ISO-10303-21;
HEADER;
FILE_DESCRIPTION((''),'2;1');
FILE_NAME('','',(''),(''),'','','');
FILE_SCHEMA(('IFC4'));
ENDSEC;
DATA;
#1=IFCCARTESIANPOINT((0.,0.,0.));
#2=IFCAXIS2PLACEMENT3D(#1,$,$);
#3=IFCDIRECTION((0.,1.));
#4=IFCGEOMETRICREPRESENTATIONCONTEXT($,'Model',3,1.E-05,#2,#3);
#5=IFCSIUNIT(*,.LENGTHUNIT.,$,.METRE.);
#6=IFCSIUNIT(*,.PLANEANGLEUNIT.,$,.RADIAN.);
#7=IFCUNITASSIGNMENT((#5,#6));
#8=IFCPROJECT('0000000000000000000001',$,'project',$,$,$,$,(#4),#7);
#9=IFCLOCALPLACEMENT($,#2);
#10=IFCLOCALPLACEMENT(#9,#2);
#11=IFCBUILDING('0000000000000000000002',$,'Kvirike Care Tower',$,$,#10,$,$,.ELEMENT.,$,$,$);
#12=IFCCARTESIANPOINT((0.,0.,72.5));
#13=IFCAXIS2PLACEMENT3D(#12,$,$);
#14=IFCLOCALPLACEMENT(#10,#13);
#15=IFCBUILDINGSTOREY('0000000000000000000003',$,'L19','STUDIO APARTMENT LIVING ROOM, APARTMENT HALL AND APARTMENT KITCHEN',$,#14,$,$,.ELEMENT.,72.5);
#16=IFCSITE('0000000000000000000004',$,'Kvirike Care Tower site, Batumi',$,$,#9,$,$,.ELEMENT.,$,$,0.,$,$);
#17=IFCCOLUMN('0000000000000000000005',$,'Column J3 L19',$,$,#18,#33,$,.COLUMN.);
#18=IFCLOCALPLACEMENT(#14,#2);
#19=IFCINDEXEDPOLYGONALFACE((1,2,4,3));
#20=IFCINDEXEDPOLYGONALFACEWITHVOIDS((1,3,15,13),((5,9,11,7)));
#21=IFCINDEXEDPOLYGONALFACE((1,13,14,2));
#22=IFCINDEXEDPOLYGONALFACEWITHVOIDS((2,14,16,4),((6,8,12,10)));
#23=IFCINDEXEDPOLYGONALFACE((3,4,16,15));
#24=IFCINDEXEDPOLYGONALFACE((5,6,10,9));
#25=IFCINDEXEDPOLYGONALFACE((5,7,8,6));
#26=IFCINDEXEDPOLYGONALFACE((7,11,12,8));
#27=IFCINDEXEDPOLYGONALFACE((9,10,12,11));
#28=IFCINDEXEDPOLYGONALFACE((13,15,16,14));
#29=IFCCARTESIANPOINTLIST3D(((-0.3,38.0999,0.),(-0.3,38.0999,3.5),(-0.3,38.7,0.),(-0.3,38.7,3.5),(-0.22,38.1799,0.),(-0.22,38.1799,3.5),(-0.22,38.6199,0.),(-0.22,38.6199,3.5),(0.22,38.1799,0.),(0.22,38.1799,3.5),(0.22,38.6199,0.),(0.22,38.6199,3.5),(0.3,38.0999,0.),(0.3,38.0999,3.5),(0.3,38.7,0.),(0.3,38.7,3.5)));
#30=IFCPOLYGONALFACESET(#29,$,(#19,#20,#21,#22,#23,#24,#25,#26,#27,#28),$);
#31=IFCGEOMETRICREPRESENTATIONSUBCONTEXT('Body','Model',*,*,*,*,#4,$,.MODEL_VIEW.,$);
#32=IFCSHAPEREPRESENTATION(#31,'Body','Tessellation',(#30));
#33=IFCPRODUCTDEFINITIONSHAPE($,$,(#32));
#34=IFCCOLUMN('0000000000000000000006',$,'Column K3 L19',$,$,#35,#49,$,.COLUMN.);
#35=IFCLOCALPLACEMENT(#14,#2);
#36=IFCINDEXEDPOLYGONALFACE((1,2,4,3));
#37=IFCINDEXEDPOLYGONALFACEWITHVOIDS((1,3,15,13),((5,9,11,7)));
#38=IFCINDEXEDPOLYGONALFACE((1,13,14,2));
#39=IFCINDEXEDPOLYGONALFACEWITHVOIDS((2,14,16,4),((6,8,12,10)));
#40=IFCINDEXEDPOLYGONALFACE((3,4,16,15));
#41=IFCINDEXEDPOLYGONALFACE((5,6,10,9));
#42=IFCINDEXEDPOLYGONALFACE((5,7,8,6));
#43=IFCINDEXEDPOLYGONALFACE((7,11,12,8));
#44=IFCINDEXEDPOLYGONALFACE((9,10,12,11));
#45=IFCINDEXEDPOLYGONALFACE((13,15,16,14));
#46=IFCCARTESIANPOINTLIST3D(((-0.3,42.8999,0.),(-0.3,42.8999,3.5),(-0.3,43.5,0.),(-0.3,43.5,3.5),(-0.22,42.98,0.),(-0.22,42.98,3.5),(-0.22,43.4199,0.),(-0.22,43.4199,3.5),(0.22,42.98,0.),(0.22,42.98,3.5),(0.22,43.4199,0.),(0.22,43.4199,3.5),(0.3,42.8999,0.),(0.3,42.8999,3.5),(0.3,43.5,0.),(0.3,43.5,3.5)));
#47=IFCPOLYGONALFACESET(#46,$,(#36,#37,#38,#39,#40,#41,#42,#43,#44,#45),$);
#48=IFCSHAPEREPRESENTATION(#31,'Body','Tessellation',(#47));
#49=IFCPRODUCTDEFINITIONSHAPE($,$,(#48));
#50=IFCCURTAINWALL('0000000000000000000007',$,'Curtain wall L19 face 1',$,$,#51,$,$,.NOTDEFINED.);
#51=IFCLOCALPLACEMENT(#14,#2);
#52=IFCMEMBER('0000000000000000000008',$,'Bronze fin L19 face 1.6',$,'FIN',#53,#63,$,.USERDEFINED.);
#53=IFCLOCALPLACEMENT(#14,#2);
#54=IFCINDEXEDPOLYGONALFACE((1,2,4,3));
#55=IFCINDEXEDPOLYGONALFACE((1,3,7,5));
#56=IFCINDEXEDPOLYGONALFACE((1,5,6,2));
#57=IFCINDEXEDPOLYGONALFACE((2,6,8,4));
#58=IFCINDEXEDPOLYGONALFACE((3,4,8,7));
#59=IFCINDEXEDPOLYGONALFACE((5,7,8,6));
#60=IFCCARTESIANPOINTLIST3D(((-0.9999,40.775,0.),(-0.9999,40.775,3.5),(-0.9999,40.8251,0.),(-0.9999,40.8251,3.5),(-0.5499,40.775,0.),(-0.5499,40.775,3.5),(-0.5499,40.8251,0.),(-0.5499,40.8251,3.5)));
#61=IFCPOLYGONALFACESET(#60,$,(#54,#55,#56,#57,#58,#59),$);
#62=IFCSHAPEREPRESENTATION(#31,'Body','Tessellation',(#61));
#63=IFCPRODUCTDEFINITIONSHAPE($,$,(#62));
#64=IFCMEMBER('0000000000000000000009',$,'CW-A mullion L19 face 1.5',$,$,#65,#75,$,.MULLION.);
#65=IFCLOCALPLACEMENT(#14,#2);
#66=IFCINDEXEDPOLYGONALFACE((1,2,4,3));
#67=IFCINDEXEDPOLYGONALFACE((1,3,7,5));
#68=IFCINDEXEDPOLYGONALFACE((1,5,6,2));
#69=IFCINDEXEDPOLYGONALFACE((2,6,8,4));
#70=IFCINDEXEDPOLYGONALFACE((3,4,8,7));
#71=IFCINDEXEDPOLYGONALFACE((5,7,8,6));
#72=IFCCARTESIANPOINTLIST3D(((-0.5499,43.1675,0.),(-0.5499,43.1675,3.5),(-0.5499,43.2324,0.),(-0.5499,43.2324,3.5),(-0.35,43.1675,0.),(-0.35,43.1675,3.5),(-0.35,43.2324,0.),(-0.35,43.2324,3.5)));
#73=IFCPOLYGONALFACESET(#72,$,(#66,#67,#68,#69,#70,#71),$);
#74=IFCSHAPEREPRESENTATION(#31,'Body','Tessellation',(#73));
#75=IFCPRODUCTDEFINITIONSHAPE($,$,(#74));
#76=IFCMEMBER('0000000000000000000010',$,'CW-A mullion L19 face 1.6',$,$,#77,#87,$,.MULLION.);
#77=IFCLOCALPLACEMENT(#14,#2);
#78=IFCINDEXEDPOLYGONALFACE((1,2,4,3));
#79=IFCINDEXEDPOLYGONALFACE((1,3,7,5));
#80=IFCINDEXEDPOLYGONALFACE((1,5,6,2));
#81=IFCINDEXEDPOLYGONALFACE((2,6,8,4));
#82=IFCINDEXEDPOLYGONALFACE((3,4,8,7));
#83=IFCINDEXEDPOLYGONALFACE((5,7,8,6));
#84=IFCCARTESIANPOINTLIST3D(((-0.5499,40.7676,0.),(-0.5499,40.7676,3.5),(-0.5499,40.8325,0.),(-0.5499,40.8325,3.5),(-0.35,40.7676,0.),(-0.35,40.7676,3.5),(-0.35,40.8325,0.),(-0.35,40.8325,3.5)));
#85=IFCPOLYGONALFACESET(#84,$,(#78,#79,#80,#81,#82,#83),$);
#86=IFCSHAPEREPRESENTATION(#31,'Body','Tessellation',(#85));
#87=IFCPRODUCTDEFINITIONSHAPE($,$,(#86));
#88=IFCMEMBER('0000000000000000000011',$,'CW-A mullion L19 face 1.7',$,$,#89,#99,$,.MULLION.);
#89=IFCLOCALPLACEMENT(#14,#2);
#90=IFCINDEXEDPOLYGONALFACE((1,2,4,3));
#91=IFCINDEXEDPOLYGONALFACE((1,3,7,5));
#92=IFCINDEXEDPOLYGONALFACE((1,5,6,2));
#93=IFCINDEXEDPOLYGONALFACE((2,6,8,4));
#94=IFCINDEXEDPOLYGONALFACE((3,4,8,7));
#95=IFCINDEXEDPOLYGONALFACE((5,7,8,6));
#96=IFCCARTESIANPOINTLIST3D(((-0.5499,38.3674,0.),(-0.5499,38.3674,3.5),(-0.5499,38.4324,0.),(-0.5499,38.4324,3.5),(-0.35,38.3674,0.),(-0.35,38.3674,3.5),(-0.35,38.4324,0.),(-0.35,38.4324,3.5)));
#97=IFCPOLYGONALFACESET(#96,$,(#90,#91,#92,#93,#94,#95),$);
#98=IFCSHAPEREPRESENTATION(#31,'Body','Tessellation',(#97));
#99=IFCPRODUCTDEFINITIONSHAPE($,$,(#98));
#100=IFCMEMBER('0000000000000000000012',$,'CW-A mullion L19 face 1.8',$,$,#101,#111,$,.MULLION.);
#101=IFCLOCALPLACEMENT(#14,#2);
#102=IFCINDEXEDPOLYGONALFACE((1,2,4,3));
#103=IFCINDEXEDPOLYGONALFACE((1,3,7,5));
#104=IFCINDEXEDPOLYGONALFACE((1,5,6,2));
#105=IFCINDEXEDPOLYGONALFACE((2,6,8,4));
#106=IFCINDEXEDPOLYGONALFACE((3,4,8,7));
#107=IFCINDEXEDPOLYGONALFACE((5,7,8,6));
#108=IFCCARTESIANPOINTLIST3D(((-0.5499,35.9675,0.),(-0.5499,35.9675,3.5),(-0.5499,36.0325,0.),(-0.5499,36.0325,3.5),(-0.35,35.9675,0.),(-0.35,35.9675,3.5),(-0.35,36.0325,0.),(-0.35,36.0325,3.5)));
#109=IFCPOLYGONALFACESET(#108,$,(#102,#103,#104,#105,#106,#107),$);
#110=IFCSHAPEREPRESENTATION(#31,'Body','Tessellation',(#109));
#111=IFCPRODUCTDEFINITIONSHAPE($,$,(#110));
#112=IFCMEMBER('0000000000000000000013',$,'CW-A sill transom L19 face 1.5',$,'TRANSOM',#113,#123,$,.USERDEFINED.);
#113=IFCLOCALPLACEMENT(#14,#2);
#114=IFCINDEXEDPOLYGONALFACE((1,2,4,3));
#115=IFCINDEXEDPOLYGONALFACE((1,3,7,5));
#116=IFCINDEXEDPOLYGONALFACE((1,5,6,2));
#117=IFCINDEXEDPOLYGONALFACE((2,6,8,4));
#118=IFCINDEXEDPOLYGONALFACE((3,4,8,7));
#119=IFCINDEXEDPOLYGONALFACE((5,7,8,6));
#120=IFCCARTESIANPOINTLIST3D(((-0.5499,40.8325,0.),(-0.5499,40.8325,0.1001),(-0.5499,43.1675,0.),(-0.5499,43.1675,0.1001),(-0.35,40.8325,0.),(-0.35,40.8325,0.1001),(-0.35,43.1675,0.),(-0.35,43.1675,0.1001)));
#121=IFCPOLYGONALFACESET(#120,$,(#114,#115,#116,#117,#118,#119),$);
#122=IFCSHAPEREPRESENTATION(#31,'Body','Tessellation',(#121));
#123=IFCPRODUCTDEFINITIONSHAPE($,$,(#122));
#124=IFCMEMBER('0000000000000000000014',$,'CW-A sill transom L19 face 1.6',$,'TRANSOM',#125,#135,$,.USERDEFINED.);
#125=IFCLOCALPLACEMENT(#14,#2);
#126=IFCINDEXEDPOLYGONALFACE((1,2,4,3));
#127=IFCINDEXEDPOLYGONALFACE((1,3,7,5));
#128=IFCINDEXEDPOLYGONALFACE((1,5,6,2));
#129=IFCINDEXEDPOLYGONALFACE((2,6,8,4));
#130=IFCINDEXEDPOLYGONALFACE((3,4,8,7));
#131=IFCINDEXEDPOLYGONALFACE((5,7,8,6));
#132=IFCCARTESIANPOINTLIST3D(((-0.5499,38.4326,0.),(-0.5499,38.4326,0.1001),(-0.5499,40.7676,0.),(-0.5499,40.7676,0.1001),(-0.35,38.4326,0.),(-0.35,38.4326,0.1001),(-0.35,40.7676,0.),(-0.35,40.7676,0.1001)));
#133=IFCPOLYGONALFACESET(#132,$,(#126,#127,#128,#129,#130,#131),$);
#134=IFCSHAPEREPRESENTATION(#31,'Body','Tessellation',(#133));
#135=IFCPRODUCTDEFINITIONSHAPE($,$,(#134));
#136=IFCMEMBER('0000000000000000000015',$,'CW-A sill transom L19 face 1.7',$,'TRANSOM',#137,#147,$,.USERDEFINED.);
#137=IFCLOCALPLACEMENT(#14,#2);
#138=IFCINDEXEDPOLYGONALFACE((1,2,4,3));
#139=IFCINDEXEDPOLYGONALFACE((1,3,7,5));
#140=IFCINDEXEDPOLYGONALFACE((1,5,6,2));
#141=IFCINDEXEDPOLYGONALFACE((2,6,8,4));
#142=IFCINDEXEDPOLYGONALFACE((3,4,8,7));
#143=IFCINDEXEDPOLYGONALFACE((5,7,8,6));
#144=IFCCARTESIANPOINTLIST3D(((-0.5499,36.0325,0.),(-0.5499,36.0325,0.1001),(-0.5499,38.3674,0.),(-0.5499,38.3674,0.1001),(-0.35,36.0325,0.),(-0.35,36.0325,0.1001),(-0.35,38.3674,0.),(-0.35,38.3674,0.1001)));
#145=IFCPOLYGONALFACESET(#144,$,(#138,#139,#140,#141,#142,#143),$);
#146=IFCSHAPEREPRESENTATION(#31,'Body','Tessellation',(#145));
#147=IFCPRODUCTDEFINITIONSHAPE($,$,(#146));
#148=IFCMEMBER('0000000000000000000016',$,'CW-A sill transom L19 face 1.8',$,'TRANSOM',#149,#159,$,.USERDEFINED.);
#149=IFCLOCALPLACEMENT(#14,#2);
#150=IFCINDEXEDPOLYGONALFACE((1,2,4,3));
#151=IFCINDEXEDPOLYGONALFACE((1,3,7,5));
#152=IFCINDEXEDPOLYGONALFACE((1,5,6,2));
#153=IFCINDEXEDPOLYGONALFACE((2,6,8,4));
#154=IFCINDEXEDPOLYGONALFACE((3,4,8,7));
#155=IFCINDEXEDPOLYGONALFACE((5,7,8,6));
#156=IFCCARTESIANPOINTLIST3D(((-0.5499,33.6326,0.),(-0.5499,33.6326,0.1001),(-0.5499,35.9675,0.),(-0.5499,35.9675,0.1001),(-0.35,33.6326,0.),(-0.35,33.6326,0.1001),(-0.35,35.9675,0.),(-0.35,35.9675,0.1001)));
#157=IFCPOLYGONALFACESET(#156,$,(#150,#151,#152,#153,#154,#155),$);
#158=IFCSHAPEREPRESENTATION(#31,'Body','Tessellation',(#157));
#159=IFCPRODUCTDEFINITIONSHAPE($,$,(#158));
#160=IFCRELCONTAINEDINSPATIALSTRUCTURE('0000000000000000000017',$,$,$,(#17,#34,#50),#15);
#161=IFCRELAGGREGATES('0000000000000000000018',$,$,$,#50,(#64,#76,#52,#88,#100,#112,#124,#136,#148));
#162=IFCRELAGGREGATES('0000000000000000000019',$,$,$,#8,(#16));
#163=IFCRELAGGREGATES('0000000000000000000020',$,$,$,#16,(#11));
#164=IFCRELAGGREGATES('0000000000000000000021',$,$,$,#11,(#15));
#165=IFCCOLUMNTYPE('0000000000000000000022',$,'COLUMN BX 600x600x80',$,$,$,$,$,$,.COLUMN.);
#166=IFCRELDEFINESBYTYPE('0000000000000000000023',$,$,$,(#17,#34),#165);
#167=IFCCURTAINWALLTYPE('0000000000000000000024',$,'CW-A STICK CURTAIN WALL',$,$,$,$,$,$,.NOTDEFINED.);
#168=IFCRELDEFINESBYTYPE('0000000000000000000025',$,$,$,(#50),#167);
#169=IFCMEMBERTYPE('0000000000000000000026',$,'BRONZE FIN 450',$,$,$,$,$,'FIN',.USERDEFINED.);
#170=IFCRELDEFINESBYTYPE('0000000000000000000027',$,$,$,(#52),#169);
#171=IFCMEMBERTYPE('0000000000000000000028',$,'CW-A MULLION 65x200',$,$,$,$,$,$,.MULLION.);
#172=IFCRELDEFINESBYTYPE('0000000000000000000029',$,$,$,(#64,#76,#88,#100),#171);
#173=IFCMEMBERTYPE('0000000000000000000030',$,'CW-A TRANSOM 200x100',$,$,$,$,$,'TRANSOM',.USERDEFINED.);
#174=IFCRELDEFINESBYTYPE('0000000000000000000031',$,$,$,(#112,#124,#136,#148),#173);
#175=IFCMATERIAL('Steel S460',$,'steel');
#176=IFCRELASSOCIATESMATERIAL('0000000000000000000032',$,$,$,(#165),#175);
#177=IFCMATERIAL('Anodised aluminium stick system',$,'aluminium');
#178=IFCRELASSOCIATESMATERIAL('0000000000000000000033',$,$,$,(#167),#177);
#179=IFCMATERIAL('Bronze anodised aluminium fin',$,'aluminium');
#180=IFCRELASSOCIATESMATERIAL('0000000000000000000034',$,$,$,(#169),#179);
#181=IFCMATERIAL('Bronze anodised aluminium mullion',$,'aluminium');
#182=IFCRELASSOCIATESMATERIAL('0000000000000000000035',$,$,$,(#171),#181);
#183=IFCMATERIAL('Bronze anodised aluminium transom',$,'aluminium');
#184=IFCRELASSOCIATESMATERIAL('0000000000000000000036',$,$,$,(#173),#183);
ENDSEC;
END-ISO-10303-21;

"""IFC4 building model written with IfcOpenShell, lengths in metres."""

from ifc_helpers import new_model, si_unit, direction, frame, origin, origin_2d, place, context, subcontext, project, spatial, rectangle, hollow_rectangle, extrude, material, material_profile, profile_set, type_object, element, aggregate, save


model = new_model("IFC4")

# Units and contexts
model_context = context("Model", 3, precision=1e-05, world=origin(), true_north=direction((0.0, 1.0)))
body_context = subcontext(model_context, "Body", "Model", "MODEL_VIEW")
ifc_project = project(units=[si_unit("LENGTHUNIT", "METRE"), si_unit("PLANEANGLEUNIT", "RADIAN")], contexts=[model_context])

# Site, building, storey
site_placement = place(None, origin())
site = spatial("IfcSite", under=ifc_project, at=site_placement, Name="Kvirike Care Tower site, Batumi", CompositionType="ELEMENT", RefElevation=0.0)
building_placement = place(site_placement, origin())
building = spatial("IfcBuilding", under=site, at=building_placement, Name="Kvirike Care Tower", CompositionType="ELEMENT")
storey_placement = place(building_placement, frame((0.0, 0.0, 72.5)))
storey = spatial("IfcBuildingStorey", under=building, at=storey_placement, Name="L19", Description="STUDIO APARTMENT LIVING ROOM, APARTMENT HALL AND APARTMENT KITCHEN", CompositionType="ELEMENT", Elevation=72.5)

# Columns
ifc_material_1 = material(Name="Steel S460", Category="steel")
ifc_material_profile_1 = material_profile(ifc_material_1, hollow_rectangle(XDim=0.6001, YDim=0.6001, WallThickness=0.0801, at=origin_2d()), Name="BX 600x600x80")
ifc_profile_set_1 = profile_set([ifc_material_profile_1], Name="Steel S460")
column_type = type_object("IfcColumnType", Name="COLUMN BX 600x600x80", PredefinedType="COLUMN", material=ifc_profile_set_1)
for number, where, z_axis, x_axis, name in (
    (1, (0.0, 38.3999, 0.0), (0.0, 0.0, 1.0), (1.0, 0.0, 0.0), "Column J3 L19"),
    (2, (0.0, 43.2, 0.0), (0.0, 0.0, 1.0), (0.0, 1.0, 0.0), "Column K3 L19"),
):
    element("IfcColumn", number, at=place(storey_placement, frame(where, z_axis=z_axis, x_axis=x_axis)), inside=storey, type_object=column_type, Name=name, PredefinedType="COLUMN", context=body_context, shape_type="SweptSolid", body=[
        extrude(hollow_rectangle(XDim=0.6001, YDim=0.6001, WallThickness=0.0801, at=origin_2d()), origin(), (0.0, 0.0, 1.0), 3.5),
    ])

# Curtain wall, members
ifc_material_2 = material(Name="Anodised aluminium stick system", Category="aluminium")
curtain_wall_type = type_object("IfcCurtainWallType", Name="CW-A STICK CURTAIN WALL", PredefinedType="NOTDEFINED", material=ifc_material_2)
curtain_wall_placement = place(storey_placement, origin())
curtain_wall = element("IfcCurtainWall", 3, at=curtain_wall_placement, inside=storey, type_object=curtain_wall_type, Name="Curtain wall L19 face 1", PredefinedType="NOTDEFINED")
ifc_material_3 = material(Name="Bronze anodised aluminium fin", Category="aluminium")
ifc_material_profile_2 = material_profile(ifc_material_3, rectangle(XDim=0.05, YDim=0.45, at=origin_2d()), Name="BRONZE FIN 450")
ifc_profile_set_2 = profile_set([ifc_material_profile_2], Name="Bronze anodised aluminium fin")
member_type_1 = type_object("IfcMemberType", Name="BRONZE FIN 450", ElementType="FIN", PredefinedType="USERDEFINED", material=ifc_profile_set_2)
member_1_placement = place(storey_placement, frame((-0.7749, 40.8, 0.0), z_axis=(0.0, 0.0, 1.0), x_axis=(0.0, -1.0, 0.0)))
member_1 = element("IfcMember", 4, at=member_1_placement, type_object=member_type_1, Name="Bronze fin L19 face 1.6", ObjectType="FIN", PredefinedType="USERDEFINED", context=body_context, shape_type="SweptSolid", body=[
    extrude(rectangle(XDim=0.05, YDim=0.45, at=origin_2d()), origin(), (0.0, 0.0, 1.0), 3.5),
])
ifc_material_4 = material(Name="Bronze anodised aluminium mullion", Category="aluminium")
ifc_material_profile_3 = material_profile(ifc_material_4, rectangle(XDim=0.0649, YDim=0.2, at=origin_2d()), Name="CW-A MULLION 65x200")
ifc_profile_set_3 = profile_set([ifc_material_profile_3], Name="Bronze anodised aluminium mullion")
member_type_2 = type_object("IfcMemberType", Name="CW-A MULLION 65x200", PredefinedType="MULLION", material=ifc_profile_set_3)
member_2_placement = place(storey_placement, frame((-0.45, 43.2, 0.0), z_axis=(0.0, 0.0, 1.0), x_axis=(0.0, -1.0, 0.0)))
member_2 = element("IfcMember", 5, at=member_2_placement, type_object=member_type_2, Name="CW-A mullion L19 face 1.5", PredefinedType="MULLION", context=body_context, shape_type="SweptSolid", body=[
    extrude(rectangle(XDim=0.0649, YDim=0.2, at=origin_2d()), origin(), (0.0, 0.0, 1.0), 3.5),
])
member_3_placement = place(storey_placement, frame((-0.45, 40.8, 0.0), z_axis=(0.0, 0.0, 1.0), x_axis=(0.0, -1.0, 0.0)))
member_3 = element("IfcMember", 6, at=member_3_placement, type_object=member_type_2, Name="CW-A mullion L19 face 1.6", PredefinedType="MULLION", context=body_context, shape_type="SweptSolid", body=[
    extrude(rectangle(XDim=0.0649, YDim=0.2, at=origin_2d()), origin(), (0.0, 0.0, 1.0), 3.5),
])
member_4_placement = place(storey_placement, frame((-0.45, 38.3999, 0.0), z_axis=(0.0, 0.0, 1.0), x_axis=(0.0, -1.0, 0.0)))
member_4 = element("IfcMember", 7, at=member_4_placement, type_object=member_type_2, Name="CW-A mullion L19 face 1.7", PredefinedType="MULLION", context=body_context, shape_type="SweptSolid", body=[
    extrude(rectangle(XDim=0.0649, YDim=0.2, at=origin_2d()), origin(), (0.0, 0.0, 1.0), 3.5),
])
member_5_placement = place(storey_placement, frame((-0.45, 36.0, 0.0), z_axis=(0.0, 0.0, 1.0), x_axis=(0.0, -1.0, 0.0)))
member_5 = element("IfcMember", 8, at=member_5_placement, type_object=member_type_2, Name="CW-A mullion L19 face 1.8", PredefinedType="MULLION", context=body_context, shape_type="SweptSolid", body=[
    extrude(rectangle(XDim=0.0649, YDim=0.2, at=origin_2d()), origin(), (0.0, 0.0, 1.0), 3.5),
])
ifc_material_5 = material(Name="Bronze anodised aluminium transom", Category="aluminium")
ifc_material_profile_4 = material_profile(ifc_material_5, rectangle(XDim=0.2, YDim=0.1001, at=origin_2d()), Name="CW-A TRANSOM 200x100")
ifc_profile_set_4 = profile_set([ifc_material_profile_4], Name="Bronze anodised aluminium transom")
member_type_3 = type_object("IfcMemberType", Name="CW-A TRANSOM 200x100", ElementType="TRANSOM", PredefinedType="USERDEFINED", material=ifc_profile_set_4)
member_6_placement = place(storey_placement, frame((-0.45, 43.1675, 0.05), z_axis=(0.0, -1.0, 0.0), x_axis=(1.0, 0.0, 0.0)))
member_6 = element("IfcMember", 9, at=member_6_placement, type_object=member_type_3, Name="CW-A sill transom L19 face 1.5", ObjectType="TRANSOM", PredefinedType="USERDEFINED", context=body_context, shape_type="SweptSolid", body=[
    extrude(rectangle(XDim=0.2, YDim=0.1001, at=origin_2d()), origin(), (0.0, 0.0, 1.0), 2.335),
])
member_7_placement = place(storey_placement, frame((-0.45, 40.7676, 0.05), z_axis=(0.0, -1.0, 0.0), x_axis=(1.0, 0.0, 0.0)))
member_7 = element("IfcMember", 10, at=member_7_placement, type_object=member_type_3, Name="CW-A sill transom L19 face 1.6", ObjectType="TRANSOM", PredefinedType="USERDEFINED", context=body_context, shape_type="SweptSolid", body=[
    extrude(rectangle(XDim=0.2, YDim=0.1001, at=origin_2d()), origin(), (0.0, 0.0, 1.0), 2.335),
])
member_8_placement = place(storey_placement, frame((-0.45, 38.3674, 0.05), z_axis=(0.0, -1.0, 0.0), x_axis=(1.0, 0.0, 0.0)))
member_8 = element("IfcMember", 11, at=member_8_placement, type_object=member_type_3, Name="CW-A sill transom L19 face 1.7", ObjectType="TRANSOM", PredefinedType="USERDEFINED", context=body_context, shape_type="SweptSolid", body=[
    extrude(rectangle(XDim=0.2, YDim=0.1001, at=origin_2d()), origin(), (0.0, 0.0, 1.0), 2.335),
])
member_9_placement = place(storey_placement, frame((-0.45, 35.9675, 0.05), z_axis=(0.0, -1.0, 0.0), x_axis=(1.0, 0.0, 0.0)))
member_9 = element("IfcMember", 12, at=member_9_placement, type_object=member_type_3, Name="CW-A sill transom L19 face 1.8", ObjectType="TRANSOM", PredefinedType="USERDEFINED", context=body_context, shape_type="SweptSolid", body=[
    extrude(rectangle(XDim=0.2, YDim=0.1001, at=origin_2d()), origin(), (0.0, 0.0, 1.0), 2.335),
])

aggregate(curtain_wall, [member_2, member_3, member_1, member_4, member_5, member_6, member_7, member_8, member_9])

save(model, "model.ifc")
